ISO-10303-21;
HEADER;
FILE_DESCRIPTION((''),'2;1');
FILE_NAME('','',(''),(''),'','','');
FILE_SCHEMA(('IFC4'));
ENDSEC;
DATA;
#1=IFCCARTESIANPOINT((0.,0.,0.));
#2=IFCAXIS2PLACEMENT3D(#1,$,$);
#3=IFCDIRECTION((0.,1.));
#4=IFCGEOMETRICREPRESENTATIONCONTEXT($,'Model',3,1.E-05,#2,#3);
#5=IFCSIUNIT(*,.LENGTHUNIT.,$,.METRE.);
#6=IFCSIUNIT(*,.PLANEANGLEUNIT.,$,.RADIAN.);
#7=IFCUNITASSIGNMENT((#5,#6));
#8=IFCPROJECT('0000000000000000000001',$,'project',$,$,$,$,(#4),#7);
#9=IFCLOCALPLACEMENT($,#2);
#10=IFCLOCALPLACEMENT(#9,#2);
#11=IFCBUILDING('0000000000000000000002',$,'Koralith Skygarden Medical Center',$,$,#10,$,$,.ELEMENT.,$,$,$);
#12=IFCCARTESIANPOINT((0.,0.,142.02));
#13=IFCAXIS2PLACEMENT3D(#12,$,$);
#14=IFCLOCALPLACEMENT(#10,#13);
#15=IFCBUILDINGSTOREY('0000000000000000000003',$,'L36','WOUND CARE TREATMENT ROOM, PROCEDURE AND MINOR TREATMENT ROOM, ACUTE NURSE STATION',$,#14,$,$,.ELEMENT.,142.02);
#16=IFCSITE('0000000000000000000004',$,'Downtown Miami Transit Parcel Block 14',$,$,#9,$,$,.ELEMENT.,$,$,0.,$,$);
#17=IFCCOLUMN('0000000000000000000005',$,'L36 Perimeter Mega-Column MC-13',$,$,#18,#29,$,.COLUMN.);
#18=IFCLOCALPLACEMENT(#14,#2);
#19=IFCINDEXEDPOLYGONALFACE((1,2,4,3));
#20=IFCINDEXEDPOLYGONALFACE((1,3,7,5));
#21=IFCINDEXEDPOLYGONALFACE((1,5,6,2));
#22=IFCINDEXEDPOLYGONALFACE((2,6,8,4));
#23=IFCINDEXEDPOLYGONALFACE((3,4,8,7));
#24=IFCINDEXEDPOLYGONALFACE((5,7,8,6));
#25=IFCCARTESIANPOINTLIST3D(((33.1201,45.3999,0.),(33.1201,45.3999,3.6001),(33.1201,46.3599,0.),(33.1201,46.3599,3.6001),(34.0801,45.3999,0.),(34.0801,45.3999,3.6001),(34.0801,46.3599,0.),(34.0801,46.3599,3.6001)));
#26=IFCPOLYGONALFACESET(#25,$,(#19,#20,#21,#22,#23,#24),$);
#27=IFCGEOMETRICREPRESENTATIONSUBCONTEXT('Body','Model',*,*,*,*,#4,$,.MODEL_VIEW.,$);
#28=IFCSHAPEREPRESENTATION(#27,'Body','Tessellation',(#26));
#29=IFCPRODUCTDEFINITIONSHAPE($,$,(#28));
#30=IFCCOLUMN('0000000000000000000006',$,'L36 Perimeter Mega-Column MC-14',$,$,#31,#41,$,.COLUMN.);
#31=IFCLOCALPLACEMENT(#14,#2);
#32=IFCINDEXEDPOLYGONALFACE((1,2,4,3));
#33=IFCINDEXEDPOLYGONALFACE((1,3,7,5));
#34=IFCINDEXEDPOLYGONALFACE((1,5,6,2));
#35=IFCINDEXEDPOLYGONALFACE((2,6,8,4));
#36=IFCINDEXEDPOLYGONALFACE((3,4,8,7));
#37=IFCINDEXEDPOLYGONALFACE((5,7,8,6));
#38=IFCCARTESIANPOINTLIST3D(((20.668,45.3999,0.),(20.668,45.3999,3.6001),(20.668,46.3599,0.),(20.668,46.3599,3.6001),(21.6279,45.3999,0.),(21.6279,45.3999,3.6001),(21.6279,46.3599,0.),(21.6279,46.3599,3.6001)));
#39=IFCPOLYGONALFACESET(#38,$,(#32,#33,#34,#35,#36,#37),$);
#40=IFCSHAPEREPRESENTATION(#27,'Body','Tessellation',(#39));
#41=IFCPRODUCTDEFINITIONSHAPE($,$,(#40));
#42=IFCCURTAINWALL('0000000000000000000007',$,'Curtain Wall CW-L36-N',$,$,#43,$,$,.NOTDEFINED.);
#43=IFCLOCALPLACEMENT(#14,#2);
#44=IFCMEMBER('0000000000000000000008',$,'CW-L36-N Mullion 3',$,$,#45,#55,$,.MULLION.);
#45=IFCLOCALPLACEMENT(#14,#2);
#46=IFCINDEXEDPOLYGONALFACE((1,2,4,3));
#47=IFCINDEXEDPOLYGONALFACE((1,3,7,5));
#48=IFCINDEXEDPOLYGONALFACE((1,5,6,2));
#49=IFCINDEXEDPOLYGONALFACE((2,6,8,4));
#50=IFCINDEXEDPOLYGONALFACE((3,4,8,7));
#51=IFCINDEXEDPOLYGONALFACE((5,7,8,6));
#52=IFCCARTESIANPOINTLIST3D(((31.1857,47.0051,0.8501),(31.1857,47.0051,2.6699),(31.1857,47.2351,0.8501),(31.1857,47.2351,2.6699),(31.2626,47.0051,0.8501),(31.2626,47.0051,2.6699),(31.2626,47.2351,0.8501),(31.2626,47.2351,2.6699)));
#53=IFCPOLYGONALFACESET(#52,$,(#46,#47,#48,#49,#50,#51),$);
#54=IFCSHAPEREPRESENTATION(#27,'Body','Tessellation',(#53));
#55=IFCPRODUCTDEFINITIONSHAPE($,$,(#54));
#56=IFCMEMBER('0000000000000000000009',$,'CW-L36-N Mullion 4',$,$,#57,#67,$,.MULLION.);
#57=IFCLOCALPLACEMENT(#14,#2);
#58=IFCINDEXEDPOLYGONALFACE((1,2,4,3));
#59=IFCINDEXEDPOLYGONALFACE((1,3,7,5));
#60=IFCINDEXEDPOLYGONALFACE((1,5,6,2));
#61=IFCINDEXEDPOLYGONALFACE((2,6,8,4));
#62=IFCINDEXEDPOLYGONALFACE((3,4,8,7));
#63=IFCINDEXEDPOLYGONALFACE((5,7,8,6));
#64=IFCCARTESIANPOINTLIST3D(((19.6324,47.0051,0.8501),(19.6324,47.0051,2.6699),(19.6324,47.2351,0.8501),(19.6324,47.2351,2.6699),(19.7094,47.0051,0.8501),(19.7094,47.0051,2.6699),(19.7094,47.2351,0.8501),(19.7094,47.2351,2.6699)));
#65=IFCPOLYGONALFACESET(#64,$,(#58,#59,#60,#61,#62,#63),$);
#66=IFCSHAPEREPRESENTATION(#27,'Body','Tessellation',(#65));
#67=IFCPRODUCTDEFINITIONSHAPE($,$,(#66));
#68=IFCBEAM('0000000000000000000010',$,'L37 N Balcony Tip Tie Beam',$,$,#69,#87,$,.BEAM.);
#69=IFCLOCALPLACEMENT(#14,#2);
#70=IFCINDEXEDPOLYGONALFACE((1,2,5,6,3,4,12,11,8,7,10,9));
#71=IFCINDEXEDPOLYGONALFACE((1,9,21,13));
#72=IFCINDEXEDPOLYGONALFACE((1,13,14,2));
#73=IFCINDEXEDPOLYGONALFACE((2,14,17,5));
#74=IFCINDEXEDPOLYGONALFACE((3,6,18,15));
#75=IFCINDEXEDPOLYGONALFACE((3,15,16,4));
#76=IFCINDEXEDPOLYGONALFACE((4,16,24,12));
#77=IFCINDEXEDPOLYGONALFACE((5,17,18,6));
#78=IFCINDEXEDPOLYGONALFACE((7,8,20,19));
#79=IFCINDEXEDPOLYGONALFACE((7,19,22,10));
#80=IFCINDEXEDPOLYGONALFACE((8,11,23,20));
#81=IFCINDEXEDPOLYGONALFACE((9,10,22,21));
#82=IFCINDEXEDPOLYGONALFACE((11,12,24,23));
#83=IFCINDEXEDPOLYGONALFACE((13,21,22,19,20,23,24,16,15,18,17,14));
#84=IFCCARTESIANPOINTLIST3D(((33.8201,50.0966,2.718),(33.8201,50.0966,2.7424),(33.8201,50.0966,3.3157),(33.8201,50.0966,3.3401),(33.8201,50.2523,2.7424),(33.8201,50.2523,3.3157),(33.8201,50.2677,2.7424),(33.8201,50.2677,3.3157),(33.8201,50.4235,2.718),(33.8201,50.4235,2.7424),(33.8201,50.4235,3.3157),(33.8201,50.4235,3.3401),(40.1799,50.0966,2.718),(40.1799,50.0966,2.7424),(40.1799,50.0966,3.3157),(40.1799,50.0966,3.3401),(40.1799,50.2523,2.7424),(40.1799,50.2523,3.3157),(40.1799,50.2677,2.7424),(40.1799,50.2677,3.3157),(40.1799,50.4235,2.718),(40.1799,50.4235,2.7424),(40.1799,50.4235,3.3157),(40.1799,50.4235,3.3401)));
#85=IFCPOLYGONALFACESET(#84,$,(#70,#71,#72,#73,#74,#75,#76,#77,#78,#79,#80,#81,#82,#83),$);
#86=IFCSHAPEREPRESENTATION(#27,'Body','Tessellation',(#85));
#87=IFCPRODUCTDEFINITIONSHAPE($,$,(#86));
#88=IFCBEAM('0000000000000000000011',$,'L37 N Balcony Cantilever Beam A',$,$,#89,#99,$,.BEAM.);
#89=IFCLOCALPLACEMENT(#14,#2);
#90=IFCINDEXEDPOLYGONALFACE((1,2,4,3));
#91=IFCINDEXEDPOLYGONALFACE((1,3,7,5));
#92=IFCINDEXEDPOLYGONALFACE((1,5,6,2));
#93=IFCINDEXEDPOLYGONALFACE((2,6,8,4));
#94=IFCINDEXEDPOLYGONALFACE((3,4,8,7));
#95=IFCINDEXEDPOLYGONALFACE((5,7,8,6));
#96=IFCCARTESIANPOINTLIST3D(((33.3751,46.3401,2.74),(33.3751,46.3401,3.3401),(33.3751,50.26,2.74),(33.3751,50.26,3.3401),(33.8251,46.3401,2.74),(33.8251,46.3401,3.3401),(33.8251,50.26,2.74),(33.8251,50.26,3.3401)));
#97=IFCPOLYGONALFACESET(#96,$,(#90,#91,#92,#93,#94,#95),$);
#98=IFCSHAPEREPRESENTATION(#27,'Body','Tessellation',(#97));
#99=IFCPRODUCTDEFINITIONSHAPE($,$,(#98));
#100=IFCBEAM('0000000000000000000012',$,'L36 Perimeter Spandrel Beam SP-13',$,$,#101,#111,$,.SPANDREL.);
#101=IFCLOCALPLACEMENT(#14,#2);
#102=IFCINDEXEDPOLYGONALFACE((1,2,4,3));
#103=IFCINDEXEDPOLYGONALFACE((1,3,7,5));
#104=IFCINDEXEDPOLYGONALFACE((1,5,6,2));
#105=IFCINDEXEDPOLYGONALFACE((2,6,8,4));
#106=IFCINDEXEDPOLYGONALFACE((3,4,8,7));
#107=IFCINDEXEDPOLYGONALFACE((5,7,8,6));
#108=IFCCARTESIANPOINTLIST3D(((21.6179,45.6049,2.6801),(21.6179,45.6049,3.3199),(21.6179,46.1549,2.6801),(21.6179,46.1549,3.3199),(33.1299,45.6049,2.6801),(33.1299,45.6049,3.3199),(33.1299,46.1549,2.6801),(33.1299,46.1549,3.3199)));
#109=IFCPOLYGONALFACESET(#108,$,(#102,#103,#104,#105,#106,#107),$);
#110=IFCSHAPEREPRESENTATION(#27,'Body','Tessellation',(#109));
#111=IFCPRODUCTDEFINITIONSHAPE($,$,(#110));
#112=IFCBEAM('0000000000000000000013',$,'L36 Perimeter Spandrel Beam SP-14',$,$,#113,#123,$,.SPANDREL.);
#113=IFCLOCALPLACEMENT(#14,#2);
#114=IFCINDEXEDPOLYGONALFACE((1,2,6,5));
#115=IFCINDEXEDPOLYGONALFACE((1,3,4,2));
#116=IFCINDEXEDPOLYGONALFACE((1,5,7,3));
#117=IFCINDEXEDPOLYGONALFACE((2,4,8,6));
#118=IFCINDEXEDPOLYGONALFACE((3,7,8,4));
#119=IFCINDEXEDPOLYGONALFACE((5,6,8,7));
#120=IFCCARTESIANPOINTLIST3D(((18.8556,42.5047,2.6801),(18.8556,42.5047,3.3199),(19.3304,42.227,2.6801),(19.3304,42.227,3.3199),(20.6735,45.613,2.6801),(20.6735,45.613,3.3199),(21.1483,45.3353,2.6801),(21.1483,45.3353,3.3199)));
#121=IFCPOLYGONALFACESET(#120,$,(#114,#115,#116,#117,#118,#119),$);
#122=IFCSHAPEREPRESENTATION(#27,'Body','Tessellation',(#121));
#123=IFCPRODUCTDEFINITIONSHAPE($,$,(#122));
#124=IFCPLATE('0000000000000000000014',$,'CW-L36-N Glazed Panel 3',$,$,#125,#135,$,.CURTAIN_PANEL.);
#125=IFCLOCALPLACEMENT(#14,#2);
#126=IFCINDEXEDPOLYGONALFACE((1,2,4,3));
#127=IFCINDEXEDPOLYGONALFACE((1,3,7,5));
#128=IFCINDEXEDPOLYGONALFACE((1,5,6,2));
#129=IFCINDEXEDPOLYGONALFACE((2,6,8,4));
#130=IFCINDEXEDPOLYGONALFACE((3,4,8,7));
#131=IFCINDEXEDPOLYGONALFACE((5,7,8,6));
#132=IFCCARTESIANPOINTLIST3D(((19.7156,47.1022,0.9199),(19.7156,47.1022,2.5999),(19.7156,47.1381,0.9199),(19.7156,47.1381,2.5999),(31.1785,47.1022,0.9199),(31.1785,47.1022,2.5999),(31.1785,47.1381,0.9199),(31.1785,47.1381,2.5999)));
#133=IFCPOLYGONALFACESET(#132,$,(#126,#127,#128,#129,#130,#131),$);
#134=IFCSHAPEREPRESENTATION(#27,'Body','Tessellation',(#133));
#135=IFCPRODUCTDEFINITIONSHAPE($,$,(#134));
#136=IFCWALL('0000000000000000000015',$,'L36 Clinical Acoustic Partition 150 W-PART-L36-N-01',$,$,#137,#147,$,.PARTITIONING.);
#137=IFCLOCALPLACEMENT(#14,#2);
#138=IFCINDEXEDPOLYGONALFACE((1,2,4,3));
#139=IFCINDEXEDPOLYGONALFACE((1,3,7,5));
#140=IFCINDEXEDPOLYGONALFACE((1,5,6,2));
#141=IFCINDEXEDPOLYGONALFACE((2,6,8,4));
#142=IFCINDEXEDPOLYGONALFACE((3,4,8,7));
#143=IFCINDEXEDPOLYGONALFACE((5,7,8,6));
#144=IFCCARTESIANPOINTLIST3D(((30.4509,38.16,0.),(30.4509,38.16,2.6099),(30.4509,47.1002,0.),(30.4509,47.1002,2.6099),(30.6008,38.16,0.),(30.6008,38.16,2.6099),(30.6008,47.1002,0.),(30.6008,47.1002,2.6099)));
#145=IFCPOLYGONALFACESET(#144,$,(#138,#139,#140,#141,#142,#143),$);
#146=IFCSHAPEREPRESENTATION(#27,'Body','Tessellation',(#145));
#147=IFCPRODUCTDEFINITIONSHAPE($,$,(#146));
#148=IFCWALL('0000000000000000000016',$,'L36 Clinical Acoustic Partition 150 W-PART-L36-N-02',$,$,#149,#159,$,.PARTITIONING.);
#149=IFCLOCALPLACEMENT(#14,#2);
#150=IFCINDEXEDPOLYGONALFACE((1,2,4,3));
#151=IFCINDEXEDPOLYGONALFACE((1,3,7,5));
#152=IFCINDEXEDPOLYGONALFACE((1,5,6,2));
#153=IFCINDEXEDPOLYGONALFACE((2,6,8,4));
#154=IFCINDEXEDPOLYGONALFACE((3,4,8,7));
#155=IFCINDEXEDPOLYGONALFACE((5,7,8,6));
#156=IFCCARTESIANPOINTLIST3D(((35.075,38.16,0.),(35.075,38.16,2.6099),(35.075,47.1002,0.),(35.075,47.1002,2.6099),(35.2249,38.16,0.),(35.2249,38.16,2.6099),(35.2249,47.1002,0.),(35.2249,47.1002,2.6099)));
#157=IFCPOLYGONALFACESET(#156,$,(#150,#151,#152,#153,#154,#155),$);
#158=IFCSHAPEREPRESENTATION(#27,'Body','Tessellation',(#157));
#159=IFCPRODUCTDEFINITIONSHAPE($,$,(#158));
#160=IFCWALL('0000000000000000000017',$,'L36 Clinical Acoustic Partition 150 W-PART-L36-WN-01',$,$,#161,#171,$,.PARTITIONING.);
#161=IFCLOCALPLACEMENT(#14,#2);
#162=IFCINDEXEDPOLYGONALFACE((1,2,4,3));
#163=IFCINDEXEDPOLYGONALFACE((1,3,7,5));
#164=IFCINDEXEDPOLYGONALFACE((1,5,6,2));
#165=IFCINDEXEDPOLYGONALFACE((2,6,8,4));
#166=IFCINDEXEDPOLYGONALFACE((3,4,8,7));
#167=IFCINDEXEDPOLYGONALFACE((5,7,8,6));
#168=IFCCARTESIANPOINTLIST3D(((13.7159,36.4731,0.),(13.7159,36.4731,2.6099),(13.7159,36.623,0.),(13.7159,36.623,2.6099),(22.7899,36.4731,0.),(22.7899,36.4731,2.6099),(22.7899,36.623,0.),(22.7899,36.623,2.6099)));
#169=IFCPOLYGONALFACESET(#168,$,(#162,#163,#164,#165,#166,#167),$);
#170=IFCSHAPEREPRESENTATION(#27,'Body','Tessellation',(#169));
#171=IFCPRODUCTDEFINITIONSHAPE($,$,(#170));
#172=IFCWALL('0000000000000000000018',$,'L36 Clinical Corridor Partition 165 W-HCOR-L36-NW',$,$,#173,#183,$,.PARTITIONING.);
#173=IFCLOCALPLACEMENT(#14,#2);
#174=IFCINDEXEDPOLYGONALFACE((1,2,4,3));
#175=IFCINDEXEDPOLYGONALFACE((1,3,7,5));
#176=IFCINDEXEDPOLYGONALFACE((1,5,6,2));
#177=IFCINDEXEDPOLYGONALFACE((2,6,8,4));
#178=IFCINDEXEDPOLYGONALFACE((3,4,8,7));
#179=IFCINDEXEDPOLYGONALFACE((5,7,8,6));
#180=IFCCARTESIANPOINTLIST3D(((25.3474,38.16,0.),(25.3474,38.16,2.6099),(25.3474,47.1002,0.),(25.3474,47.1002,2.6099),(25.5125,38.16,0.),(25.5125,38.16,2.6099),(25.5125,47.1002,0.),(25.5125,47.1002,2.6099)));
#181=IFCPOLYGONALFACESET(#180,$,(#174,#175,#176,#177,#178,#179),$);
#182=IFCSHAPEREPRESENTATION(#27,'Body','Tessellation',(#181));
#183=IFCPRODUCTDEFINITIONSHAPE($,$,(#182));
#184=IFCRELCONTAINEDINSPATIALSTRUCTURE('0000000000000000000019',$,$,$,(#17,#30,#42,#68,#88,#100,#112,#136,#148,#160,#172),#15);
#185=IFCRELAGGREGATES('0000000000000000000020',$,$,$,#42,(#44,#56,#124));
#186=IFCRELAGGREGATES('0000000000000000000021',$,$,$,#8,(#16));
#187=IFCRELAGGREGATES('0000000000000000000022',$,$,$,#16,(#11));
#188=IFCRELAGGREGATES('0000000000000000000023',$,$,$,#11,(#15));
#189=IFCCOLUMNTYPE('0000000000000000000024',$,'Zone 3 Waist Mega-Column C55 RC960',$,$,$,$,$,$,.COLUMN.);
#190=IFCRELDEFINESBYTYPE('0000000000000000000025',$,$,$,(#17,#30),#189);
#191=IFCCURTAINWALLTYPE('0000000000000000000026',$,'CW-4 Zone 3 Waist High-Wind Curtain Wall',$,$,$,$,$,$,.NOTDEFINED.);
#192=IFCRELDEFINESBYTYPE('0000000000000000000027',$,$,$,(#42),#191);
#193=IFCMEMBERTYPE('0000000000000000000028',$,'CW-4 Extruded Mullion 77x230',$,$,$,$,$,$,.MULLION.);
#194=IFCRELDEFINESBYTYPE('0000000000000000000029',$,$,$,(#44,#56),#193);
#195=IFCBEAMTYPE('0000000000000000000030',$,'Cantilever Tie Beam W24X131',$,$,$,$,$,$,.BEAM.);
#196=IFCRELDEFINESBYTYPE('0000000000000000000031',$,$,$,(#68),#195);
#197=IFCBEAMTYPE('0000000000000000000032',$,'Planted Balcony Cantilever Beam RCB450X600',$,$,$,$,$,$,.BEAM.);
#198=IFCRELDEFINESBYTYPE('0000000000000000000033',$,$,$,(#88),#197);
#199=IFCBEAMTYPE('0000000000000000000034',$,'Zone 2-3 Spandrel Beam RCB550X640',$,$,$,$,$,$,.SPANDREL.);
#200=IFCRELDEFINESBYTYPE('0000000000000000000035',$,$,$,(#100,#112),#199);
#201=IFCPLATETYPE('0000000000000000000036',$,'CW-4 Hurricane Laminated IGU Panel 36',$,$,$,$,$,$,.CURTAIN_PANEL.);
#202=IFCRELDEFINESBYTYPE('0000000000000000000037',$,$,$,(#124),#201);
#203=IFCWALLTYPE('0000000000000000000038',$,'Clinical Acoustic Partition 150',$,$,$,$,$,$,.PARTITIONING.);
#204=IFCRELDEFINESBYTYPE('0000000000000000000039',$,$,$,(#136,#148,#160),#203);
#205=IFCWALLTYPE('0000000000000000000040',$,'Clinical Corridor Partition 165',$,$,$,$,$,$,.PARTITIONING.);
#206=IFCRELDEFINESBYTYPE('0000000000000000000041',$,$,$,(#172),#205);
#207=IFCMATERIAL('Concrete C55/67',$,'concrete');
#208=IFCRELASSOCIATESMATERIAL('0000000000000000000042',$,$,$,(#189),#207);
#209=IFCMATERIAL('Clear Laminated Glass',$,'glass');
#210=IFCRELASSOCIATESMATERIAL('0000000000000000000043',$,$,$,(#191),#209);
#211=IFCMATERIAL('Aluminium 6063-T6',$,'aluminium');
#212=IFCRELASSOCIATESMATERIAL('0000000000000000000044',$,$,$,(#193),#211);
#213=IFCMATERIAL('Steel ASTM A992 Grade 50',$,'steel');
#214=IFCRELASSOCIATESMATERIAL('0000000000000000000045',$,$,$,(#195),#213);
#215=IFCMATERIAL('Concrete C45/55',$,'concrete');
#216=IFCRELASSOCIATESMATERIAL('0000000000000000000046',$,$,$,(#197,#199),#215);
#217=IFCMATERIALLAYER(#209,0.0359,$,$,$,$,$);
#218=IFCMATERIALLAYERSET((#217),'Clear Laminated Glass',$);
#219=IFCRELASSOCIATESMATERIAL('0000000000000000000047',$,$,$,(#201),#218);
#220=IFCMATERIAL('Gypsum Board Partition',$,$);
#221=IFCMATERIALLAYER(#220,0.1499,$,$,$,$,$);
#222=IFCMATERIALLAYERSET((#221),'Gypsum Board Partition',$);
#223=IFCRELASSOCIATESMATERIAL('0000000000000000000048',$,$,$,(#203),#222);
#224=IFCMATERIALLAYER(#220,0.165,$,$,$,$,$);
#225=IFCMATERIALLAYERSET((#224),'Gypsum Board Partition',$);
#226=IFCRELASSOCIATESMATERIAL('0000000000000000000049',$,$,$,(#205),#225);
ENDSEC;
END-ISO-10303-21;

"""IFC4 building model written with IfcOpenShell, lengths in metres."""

from ifc_helpers import new_model, si_unit, direction, frame, frame_2d, origin, origin_2d, place, context, subcontext, project, spatial, rectangle, i_section, extrude, material, layer, layer_set, material_profile, profile_set, type_object, element, aggregate, save


model = new_model("IFC4")

# Units and contexts
model_context = context("Model", 3, precision=1e-05, world=origin(), true_north=direction((0.0, 1.0)))
body_context = subcontext(model_context, "Body", "Model", "MODEL_VIEW")
ifc_project = project(units=[si_unit("LENGTHUNIT", "METRE"), si_unit("PLANEANGLEUNIT", "RADIAN")], contexts=[model_context])

# Site, building, storey
site_placement = place(None, origin())
site = spatial("IfcSite", under=ifc_project, at=site_placement, Name="Downtown Miami Transit Parcel Block 14", CompositionType="ELEMENT", RefElevation=0.0)
building_placement = place(site_placement, origin())
building = spatial("IfcBuilding", under=site, at=building_placement, Name="Koralith Skygarden Medical Center", CompositionType="ELEMENT")
storey_placement = place(building_placement, frame((0.0, 0.0, 142.02)))
storey = spatial("IfcBuildingStorey", under=building, at=storey_placement, Name="L36", Description="WOUND CARE TREATMENT ROOM, PROCEDURE AND MINOR TREATMENT ROOM, ACUTE NURSE STATION", CompositionType="ELEMENT", Elevation=142.02)

# Columns
ifc_material_1 = material(Name="Concrete C55/67", Category="concrete")
ifc_material_profile_1 = material_profile(ifc_material_1, rectangle(XDim=0.96, YDim=0.96, at=origin_2d()), Name="RC960X960")
ifc_profile_set_1 = profile_set([ifc_material_profile_1], Name="Concrete C55/67")
column_type = type_object("IfcColumnType", Name="Zone 3 Waist Mega-Column C55 RC960", PredefinedType="COLUMN", material=ifc_profile_set_1)
for number, where, z_axis, x_axis, name in (
    (1, (33.6001, 45.8799, 0.0), (0.0, 0.0, 1.0), (1.0, 0.0, 0.0), "L36 Perimeter Mega-Column MC-13"),
    (2, (21.1479, 45.8799, 0.0), (0.0, 0.0, 1.0), (1.0, 0.0, 0.0), "L36 Perimeter Mega-Column MC-14"),
):
    element("IfcColumn", number, at=place(storey_placement, frame(where, z_axis=z_axis, x_axis=x_axis)), inside=storey, type_object=column_type, Name=name, PredefinedType="COLUMN", context=body_context, shape_type="SweptSolid", body=[
        extrude(rectangle(XDim=0.96, YDim=0.96, at=origin_2d()), origin(), (0.0, 0.0, 1.0), 3.6001),
    ])

# Curtain wall, members
ifc_material_2 = material(Name="Clear Laminated Glass", Category="glass")
curtain_wall_type = type_object("IfcCurtainWallType", Name="CW-4 Zone 3 Waist High-Wind Curtain Wall", PredefinedType="NOTDEFINED", material=ifc_material_2)
curtain_wall_placement = place(storey_placement, origin())
curtain_wall = element("IfcCurtainWall", 3, at=curtain_wall_placement, inside=storey, type_object=curtain_wall_type, Name="Curtain Wall CW-L36-N", PredefinedType="NOTDEFINED")
ifc_material_3 = material(Name="Aluminium 6063-T6", Category="aluminium")
ifc_material_profile_2 = material_profile(ifc_material_3, rectangle(XDim=0.0769, YDim=0.23, at=origin_2d()), Name="MUL77X230")
ifc_profile_set_2 = profile_set([ifc_material_profile_2], Name="Aluminium 6063-T6")
member_type = type_object("IfcMemberType", Name="CW-4 Extruded Mullion 77x230", PredefinedType="MULLION", material=ifc_profile_set_2)
member_1_placement = place(storey_placement, frame((31.2241, 47.1201, 0.8501), z_axis=(0.0, 0.0, 1.0), x_axis=(1.0, 0.0, 0.0)))
member_1 = element("IfcMember", 4, at=member_1_placement, type_object=member_type, Name="CW-L36-N Mullion 3", PredefinedType="MULLION", context=body_context, shape_type="SweptSolid", body=[
    extrude(rectangle(XDim=0.0769, YDim=0.23, at=origin_2d()), origin(), (0.0, 0.0, 1.0), 1.8198),
])
member_2_placement = place(storey_placement, frame((19.6709, 47.1201, 0.8501), z_axis=(0.0, 0.0, 1.0), x_axis=(1.0, 0.0, 0.0)))
member_2 = element("IfcMember", 5, at=member_2_placement, type_object=member_type, Name="CW-L36-N Mullion 4", PredefinedType="MULLION", context=body_context, shape_type="SweptSolid", body=[
    extrude(rectangle(XDim=0.0769, YDim=0.23, at=origin_2d()), origin(), (0.0, 0.0, 1.0), 1.8198),
])

# Beams
ifc_material_4 = material(Name="Steel ASTM A992 Grade 50", Category="steel")
ifc_material_profile_3 = material_profile(ifc_material_4, i_section(OverallWidth=0.3269, OverallDepth=0.6221, WebThickness=0.0154, FlangeThickness=0.0244, at=origin_2d()), Name="W24X131")
ifc_profile_set_3 = profile_set([ifc_material_profile_3], Name="Steel ASTM A992 Grade 50")
beam_type_1 = type_object("IfcBeamType", Name="Cantilever Tie Beam W24X131", PredefinedType="BEAM", material=ifc_profile_set_3)
beam_1_placement = place(storey_placement, frame((33.8201, 50.26, 3.0291), z_axis=(1.0, 0.0, 0.0), x_axis=(0.0, 1.0, 0.0)))
element("IfcBeam", 6, at=beam_1_placement, inside=storey, type_object=beam_type_1, Name="L37 N Balcony Tip Tie Beam", PredefinedType="BEAM", context=body_context, shape_type="SweptSolid", body=[
    extrude(i_section(OverallWidth=0.3269, OverallDepth=0.6221, WebThickness=0.0154, FlangeThickness=0.0244, at=origin_2d()), origin(), (0.0, 0.0, 1.0), 6.3599),
])
ifc_material_5 = material(Name="Concrete C45/55", Category="concrete")
ifc_material_profile_4 = material_profile(ifc_material_5, rectangle(XDim=0.45, YDim=0.6001, at=origin_2d()), Name="RCB450X600")
ifc_profile_set_4 = profile_set([ifc_material_profile_4], Name="Concrete C45/55")
beam_type_2 = type_object("IfcBeamType", Name="Planted Balcony Cantilever Beam RCB450X600", PredefinedType="BEAM", material=ifc_profile_set_4)
beam_2_placement = place(storey_placement, frame((33.6001, 46.3401, 3.04), z_axis=(0.0, 1.0, 0.0), x_axis=(-1.0, 0.0, 0.0)))
element("IfcBeam", 7, at=beam_2_placement, inside=storey, type_object=beam_type_2, Name="L37 N Balcony Cantilever Beam A", PredefinedType="BEAM", context=body_context, shape_type="SweptSolid", body=[
    extrude(rectangle(XDim=0.45, YDim=0.6001, at=origin_2d()), origin(), (0.0, 0.0, 1.0), 3.9199),
])
ifc_material_profile_5 = material_profile(ifc_material_5, rectangle(XDim=0.55, YDim=0.6399, at=origin_2d()), Name="RCB550X640")
ifc_profile_set_5 = profile_set([ifc_material_profile_5], Name="Concrete C45/55")
beam_type_3 = type_object("IfcBeamType", Name="Zone 2-3 Spandrel Beam RCB550X640", PredefinedType="SPANDREL", material=ifc_profile_set_5)
beam_3_placement = place(storey_placement, frame((33.1299, 45.8799, 3.0), z_axis=(-1.0, 0.0, 0.0), x_axis=(0.0, -1.0, 0.0)))
element("IfcBeam", 8, at=beam_3_placement, inside=storey, type_object=beam_type_3, Name="L36 Perimeter Spandrel Beam SP-13", PredefinedType="SPANDREL", context=body_context, shape_type="SweptSolid", body=[
    extrude(rectangle(XDim=0.55, YDim=0.6399, at=origin_2d()), origin(), (0.0, 0.0, 1.0), 11.512),
])
beam_4_placement = place(storey_placement, frame((20.9109, 45.4741, 3.0), z_axis=(-0.504861, -0.8632, 0.0), x_axis=(0.8632, -0.504861, 0.0)))
element("IfcBeam", 9, at=beam_4_placement, inside=storey, type_object=beam_type_3, Name="L36 Perimeter Spandrel Beam SP-14", PredefinedType="SPANDREL", context=body_context, shape_type="SweptSolid", body=[
    extrude(rectangle(XDim=0.55, YDim=0.6399, at=origin_2d()), origin(), (0.0, 0.0, 1.0), 3.6008),
])

# Plate
ifc_layer_1 = layer(ifc_material_2, 0.0359)
ifc_layer_set_1 = layer_set([ifc_layer_1], Name="Clear Laminated Glass")
plate_type = type_object("IfcPlateType", Name="CW-4 Hurricane Laminated IGU Panel 36", PredefinedType="CURTAIN_PANEL", material=ifc_layer_set_1)
plate_placement = place(storey_placement, frame((25.447, 47.1201, 0.9199), z_axis=(0.0, 0.0, 1.0), x_axis=(-1.0, 0.0, 0.0)))
plate = element("IfcPlate", 10, at=plate_placement, type_object=plate_type, Name="CW-L36-N Glazed Panel 3", PredefinedType="CURTAIN_PANEL", context=body_context, shape_type="SweptSolid", body=[
    extrude(rectangle(XDim=11.4629, YDim=0.0359, at=origin_2d()), origin(), (0.0, 0.0, 1.0), 1.6799),
])
aggregate(curtain_wall, [member_1, member_2, plate])

# Walls
ifc_material_6 = material(Name="Gypsum Board Partition")
ifc_layer_2 = layer(ifc_material_6, 0.1499)
ifc_layer_set_2 = layer_set([ifc_layer_2], Name="Gypsum Board Partition")
wall_type_1 = type_object("IfcWallType", Name="Clinical Acoustic Partition 150", PredefinedType="PARTITIONING", material=ifc_layer_set_2)
for number, where, z_axis, x_axis, name in (
    (11, (30.5259, 38.1599, 0.0), (0.0, 0.0, 1.0), (0.0, 1.0, 0.0), "L36 Clinical Acoustic Partition 150 W-PART-L36-N-01"),
    (12, (35.1499, 38.1599, 0.0), (0.0, 0.0, 1.0), (0.0, 1.0, 0.0), "L36 Clinical Acoustic Partition 150 W-PART-L36-N-02"),
):
    element("IfcWall", number, at=place(storey_placement, frame(where, z_axis=z_axis, x_axis=x_axis)), inside=storey, type_object=wall_type_1, Name=name, PredefinedType="PARTITIONING", context=body_context, shape_type="SweptSolid", body=[
        extrude(rectangle(XDim=8.9402, YDim=0.1499, at=frame_2d((4.4702, 0.0))), origin(), (0.0, 0.0, 1.0), 2.6099),
    ])
wall_1_placement = place(storey_placement, frame((22.79, 36.5481, 0.0), z_axis=(0.0, 0.0, 1.0), x_axis=(-1.0, 0.0, 0.0)))
element("IfcWall", 13, at=wall_1_placement, inside=storey, type_object=wall_type_1, Name="L36 Clinical Acoustic Partition 150 W-PART-L36-WN-01", PredefinedType="PARTITIONING", context=body_context, shape_type="SweptSolid", body=[
    extrude(rectangle(XDim=9.074, YDim=0.1499, at=frame_2d((4.5371, 0.0))), origin(), (0.0, 0.0, 1.0), 2.6099),
])
ifc_layer_3 = layer(ifc_material_6, 0.165)
ifc_layer_set_3 = layer_set([ifc_layer_3], Name="Gypsum Board Partition")
wall_type_2 = type_object("IfcWallType", Name="Clinical Corridor Partition 165", PredefinedType="PARTITIONING", material=ifc_layer_set_3)
wall_2_placement = place(storey_placement, frame((25.4299, 38.1599, 0.0), z_axis=(0.0, 0.0, 1.0), x_axis=(0.0, 1.0, 0.0)))
element("IfcWall", 14, at=wall_2_placement, inside=storey, type_object=wall_type_2, Name="L36 Clinical Corridor Partition 165 W-HCOR-L36-NW", PredefinedType="PARTITIONING", context=body_context, shape_type="SweptSolid", body=[
    extrude(rectangle(XDim=8.9402, YDim=0.165, at=frame_2d((4.4702, 0.0))), origin(), (0.0, 0.0, 1.0), 2.6099),
])

save(model, "model.ifc")
